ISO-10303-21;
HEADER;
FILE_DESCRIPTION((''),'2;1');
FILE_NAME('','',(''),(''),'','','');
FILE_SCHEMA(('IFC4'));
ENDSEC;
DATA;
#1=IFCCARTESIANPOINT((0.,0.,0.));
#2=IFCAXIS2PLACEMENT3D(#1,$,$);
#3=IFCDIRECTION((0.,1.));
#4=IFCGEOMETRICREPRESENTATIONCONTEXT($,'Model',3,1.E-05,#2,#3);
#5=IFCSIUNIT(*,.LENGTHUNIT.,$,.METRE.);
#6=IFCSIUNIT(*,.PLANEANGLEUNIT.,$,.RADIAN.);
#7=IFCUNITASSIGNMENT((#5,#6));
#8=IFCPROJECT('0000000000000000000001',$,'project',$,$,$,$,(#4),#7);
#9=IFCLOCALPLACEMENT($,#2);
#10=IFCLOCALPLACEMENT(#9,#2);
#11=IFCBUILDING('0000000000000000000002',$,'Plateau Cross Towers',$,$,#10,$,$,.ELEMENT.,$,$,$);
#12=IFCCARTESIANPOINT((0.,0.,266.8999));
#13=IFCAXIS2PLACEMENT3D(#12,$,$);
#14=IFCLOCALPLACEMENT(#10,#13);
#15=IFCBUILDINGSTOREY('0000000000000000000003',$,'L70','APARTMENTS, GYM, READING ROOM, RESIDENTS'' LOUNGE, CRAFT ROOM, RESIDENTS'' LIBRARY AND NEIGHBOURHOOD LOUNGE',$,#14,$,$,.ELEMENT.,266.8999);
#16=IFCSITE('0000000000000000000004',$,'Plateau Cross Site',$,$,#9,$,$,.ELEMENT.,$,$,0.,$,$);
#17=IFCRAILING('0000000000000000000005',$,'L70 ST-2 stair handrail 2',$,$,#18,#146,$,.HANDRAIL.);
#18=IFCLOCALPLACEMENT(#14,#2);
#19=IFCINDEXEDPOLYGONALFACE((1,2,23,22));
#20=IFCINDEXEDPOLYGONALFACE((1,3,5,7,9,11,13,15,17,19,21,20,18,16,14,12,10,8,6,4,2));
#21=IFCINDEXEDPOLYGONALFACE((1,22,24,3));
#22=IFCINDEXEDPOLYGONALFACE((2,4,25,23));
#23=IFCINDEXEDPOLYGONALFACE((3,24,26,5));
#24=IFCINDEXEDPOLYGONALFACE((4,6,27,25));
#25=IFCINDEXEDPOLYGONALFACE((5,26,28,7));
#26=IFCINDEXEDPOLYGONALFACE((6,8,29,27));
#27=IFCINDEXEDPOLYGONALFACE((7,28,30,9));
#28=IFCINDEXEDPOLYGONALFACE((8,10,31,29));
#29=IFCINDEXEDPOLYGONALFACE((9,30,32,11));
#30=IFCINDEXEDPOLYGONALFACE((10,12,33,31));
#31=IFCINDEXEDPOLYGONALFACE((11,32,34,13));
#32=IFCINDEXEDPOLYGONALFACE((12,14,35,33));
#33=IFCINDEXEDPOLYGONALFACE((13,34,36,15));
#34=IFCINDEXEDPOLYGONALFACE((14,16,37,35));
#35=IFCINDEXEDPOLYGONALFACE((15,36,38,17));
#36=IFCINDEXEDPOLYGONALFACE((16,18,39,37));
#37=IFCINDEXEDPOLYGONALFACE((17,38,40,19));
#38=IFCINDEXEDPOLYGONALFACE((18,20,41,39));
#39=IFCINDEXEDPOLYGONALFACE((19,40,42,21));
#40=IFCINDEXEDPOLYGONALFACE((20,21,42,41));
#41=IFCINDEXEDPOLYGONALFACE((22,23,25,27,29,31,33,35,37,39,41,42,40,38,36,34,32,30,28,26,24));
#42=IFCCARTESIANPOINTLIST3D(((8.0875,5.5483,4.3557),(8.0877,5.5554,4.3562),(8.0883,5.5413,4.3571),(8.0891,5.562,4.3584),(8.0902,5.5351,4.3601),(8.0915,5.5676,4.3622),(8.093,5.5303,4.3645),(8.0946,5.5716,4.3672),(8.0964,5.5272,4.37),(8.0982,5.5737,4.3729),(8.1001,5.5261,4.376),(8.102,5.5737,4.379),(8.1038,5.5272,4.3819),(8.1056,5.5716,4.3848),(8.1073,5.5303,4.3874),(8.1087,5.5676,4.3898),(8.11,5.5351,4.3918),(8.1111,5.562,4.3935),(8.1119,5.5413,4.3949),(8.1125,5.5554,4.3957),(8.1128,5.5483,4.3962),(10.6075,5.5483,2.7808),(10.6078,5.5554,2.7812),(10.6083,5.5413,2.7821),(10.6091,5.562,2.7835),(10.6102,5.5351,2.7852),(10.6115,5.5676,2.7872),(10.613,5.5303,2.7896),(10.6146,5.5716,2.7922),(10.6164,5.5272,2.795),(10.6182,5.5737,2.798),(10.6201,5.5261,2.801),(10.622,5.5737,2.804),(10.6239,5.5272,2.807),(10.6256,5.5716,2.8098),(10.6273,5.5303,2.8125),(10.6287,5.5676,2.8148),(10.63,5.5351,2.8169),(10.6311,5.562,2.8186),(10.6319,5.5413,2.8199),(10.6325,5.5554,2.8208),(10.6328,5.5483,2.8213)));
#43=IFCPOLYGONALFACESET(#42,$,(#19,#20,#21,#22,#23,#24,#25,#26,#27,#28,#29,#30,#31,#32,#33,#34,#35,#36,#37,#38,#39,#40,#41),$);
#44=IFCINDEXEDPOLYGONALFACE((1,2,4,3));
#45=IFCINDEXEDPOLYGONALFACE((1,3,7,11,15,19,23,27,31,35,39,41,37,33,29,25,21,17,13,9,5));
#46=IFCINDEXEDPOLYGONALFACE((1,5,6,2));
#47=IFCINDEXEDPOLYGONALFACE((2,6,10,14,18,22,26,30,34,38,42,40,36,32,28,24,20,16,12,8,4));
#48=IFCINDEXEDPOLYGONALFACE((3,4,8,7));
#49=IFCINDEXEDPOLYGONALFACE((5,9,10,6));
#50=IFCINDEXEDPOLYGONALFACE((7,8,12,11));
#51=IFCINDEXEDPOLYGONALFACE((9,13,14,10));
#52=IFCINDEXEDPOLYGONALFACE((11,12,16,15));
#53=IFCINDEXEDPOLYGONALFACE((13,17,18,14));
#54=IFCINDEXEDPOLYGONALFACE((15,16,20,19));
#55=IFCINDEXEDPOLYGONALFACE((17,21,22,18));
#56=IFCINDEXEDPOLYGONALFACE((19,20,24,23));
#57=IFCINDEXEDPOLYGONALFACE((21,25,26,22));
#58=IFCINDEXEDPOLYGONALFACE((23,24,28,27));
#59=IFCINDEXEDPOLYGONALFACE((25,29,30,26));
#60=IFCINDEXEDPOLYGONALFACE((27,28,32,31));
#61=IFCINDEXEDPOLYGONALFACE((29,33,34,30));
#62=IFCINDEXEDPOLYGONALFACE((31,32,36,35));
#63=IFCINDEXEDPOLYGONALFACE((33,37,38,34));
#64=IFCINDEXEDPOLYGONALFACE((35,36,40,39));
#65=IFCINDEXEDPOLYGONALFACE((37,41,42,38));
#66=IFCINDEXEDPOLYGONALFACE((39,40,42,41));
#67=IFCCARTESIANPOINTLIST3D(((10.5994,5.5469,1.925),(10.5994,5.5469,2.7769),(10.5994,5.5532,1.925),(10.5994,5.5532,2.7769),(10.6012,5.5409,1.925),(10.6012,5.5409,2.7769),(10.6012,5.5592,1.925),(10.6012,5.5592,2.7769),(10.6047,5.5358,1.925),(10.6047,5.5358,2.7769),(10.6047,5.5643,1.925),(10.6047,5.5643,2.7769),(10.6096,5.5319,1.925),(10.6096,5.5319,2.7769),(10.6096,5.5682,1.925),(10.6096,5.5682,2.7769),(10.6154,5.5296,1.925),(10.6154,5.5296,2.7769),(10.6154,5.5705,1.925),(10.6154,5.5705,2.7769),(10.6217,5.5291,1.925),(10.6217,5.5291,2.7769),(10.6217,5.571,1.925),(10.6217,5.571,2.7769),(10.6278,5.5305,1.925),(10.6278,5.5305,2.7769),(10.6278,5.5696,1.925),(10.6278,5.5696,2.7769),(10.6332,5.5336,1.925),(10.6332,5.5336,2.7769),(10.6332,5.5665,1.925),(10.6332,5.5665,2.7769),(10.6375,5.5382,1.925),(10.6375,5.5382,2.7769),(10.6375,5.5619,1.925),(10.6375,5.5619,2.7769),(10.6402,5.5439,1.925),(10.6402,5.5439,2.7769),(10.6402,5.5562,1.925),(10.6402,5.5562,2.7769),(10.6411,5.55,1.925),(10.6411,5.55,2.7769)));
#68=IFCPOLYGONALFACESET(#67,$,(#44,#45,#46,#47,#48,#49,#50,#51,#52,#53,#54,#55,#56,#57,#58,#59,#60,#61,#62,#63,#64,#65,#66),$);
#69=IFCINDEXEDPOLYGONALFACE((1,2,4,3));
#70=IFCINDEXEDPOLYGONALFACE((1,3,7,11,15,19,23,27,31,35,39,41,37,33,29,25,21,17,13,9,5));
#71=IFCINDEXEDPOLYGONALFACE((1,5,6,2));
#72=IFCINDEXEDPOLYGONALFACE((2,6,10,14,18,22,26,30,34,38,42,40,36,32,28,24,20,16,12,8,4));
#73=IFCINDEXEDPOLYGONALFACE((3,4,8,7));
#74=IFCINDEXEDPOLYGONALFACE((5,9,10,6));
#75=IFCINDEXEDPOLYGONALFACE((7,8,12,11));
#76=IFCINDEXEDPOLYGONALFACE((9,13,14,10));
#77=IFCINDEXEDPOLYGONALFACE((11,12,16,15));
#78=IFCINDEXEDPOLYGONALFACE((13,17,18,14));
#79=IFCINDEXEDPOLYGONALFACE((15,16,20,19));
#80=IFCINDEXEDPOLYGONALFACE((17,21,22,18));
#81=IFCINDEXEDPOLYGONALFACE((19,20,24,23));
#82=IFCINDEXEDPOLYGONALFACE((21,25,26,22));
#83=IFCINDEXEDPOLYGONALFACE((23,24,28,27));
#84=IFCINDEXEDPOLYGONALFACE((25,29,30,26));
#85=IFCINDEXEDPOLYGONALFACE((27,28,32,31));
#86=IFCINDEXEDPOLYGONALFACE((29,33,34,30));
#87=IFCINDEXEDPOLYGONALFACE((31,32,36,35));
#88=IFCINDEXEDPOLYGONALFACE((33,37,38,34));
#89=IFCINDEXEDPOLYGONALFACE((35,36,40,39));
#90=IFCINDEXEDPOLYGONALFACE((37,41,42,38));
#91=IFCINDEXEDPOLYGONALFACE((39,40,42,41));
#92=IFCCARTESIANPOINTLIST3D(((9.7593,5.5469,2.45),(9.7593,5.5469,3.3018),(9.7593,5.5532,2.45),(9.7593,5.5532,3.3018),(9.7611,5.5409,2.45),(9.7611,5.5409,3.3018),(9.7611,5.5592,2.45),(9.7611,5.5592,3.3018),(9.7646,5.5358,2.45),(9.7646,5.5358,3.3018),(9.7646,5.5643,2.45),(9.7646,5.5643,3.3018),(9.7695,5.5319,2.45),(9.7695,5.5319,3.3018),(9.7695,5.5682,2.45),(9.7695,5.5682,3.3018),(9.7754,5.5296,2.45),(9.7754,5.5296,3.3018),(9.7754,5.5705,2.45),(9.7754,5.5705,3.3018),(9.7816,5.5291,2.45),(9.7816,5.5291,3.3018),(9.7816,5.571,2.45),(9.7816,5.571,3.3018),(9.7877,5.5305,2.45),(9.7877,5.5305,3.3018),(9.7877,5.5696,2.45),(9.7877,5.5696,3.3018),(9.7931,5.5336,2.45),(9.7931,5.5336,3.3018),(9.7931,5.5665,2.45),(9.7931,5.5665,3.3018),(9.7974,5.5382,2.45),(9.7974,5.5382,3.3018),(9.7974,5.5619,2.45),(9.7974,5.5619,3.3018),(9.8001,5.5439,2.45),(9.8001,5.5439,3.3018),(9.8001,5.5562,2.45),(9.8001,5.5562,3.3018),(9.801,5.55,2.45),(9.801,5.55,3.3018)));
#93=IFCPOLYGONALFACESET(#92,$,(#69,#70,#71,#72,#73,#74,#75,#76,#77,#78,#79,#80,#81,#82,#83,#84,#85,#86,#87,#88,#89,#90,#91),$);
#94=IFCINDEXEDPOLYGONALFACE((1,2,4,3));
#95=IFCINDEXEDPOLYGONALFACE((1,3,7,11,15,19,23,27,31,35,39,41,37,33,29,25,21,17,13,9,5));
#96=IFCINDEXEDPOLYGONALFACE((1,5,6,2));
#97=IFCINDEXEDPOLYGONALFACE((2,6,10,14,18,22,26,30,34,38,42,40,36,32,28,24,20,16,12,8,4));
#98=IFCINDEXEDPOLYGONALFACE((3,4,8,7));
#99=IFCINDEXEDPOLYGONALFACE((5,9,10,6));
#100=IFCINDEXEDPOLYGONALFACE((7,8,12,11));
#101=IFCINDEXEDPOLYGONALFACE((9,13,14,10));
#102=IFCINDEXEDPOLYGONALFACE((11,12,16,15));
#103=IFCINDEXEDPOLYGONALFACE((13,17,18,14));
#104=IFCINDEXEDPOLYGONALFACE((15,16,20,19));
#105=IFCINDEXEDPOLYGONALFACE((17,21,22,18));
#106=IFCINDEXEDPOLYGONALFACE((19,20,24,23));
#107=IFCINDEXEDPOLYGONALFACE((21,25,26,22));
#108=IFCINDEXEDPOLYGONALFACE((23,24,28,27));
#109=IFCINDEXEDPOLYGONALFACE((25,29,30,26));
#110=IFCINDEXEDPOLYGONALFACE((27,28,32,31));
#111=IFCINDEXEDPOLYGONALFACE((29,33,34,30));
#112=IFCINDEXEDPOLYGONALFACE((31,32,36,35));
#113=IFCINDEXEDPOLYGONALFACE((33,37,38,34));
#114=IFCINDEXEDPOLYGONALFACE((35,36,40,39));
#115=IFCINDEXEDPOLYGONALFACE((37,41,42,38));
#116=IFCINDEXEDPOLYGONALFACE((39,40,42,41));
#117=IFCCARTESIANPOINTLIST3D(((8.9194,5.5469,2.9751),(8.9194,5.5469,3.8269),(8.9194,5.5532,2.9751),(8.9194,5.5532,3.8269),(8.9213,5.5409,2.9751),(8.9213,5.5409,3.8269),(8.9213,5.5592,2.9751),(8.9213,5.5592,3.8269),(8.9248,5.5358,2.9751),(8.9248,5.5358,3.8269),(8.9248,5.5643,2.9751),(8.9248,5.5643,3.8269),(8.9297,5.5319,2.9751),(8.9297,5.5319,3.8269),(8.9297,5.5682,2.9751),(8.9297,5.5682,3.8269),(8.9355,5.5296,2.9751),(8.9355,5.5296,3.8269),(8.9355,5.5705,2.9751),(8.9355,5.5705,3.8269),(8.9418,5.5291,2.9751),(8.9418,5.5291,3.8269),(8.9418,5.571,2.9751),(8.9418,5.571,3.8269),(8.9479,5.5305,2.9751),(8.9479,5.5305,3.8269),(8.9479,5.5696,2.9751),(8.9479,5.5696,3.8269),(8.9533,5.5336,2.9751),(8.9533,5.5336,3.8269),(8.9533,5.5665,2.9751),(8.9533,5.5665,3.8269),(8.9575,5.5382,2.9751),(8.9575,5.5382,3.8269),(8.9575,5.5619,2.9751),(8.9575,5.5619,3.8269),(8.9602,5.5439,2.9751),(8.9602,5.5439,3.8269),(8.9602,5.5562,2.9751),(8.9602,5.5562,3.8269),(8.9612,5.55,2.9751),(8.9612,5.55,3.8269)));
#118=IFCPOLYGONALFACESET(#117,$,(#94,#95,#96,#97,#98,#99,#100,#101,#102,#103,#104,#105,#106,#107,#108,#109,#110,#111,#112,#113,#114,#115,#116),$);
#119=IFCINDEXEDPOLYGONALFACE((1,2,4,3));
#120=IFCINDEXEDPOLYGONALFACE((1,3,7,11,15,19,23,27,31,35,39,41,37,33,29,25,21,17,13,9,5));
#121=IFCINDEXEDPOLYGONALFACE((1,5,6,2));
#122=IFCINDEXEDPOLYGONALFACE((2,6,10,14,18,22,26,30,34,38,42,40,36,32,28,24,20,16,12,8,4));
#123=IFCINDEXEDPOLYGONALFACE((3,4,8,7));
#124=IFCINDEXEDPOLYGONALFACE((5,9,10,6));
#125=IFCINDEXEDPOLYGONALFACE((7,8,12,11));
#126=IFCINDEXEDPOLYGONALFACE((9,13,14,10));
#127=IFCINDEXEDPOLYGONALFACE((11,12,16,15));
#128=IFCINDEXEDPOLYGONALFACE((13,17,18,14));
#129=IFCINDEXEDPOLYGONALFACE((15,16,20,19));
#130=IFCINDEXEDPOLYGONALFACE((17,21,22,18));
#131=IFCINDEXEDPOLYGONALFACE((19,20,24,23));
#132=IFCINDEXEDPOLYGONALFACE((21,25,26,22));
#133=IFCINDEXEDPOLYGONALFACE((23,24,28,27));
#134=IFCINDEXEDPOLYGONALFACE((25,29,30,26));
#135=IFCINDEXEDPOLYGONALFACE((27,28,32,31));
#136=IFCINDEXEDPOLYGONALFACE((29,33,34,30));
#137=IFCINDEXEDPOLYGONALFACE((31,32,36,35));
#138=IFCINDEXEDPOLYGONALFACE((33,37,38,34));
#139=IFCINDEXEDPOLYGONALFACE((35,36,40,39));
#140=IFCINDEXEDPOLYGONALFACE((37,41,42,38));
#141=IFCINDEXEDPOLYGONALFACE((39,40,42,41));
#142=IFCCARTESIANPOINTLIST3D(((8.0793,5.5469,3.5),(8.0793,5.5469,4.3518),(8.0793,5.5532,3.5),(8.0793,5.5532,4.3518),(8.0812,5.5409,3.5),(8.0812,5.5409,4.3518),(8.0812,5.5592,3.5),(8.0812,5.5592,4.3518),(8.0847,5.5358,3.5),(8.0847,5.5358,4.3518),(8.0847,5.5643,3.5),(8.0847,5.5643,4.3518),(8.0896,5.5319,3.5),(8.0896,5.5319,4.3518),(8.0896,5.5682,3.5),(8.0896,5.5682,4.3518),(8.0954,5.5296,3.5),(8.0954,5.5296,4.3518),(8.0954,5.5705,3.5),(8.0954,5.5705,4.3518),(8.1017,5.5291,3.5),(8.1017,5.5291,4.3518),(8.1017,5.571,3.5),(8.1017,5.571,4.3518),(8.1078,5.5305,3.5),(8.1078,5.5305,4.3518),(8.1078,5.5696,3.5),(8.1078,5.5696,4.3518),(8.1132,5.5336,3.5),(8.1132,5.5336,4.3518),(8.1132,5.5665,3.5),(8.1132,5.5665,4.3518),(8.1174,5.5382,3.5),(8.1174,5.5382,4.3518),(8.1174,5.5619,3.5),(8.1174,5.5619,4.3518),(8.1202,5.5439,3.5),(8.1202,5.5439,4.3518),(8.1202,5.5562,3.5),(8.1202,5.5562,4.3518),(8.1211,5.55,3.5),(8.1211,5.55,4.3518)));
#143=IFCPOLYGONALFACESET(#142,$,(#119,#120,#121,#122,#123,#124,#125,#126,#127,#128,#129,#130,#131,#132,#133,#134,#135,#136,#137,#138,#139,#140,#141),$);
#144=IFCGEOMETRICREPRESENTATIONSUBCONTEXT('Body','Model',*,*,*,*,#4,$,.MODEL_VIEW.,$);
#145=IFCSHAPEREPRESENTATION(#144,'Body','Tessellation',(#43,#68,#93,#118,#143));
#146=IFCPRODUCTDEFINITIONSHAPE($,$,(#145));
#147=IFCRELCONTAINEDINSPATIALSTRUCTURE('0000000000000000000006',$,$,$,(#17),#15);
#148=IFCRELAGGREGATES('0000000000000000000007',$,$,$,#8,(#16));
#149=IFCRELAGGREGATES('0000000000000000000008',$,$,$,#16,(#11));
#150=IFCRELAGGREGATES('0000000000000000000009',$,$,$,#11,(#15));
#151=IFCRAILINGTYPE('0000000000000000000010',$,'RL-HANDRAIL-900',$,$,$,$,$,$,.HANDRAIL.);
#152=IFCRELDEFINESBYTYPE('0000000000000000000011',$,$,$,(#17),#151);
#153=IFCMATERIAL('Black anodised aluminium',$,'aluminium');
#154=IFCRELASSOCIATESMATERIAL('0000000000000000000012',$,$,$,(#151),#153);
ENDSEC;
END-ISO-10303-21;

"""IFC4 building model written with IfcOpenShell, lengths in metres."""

from ifc_helpers import new_model, si_unit, direction, frame, origin, origin_2d, place, context, subcontext, project, spatial, circle, extrude, material, type_object, element, save


model = new_model("IFC4")

# Units and contexts
model_context = context("Model", 3, precision=1e-05, world=origin(), true_north=direction((0.0, 1.0)))
body_context = subcontext(model_context, "Body", "Model", "MODEL_VIEW")
ifc_project = project(units=[si_unit("LENGTHUNIT", "METRE"), si_unit("PLANEANGLEUNIT", "RADIAN")], contexts=[model_context])

# Site, building, storey
site_placement = place(None, origin())
site = spatial("IfcSite", under=ifc_project, at=site_placement, Name="Plateau Cross Site", CompositionType="ELEMENT", RefElevation=0.0)
building_placement = place(site_placement, origin())
building = spatial("IfcBuilding", under=site, at=building_placement, Name="Plateau Cross Towers", CompositionType="ELEMENT")
storey_placement = place(building_placement, frame((0.0, 0.0, 266.8999)))
storey = spatial("IfcBuildingStorey", under=building, at=storey_placement, Name="L70", Description="APARTMENTS, GYM, READING ROOM, RESIDENTS' LOUNGE, CRAFT ROOM, RESIDENTS' LIBRARY AND NEIGHBOURHOOD LOUNGE", CompositionType="ELEMENT", Elevation=266.8999)

# Shared definitions
ifc_material_1 = material(Name="Black anodised aluminium", Category="aluminium")

# Railing
railing_type_1 = type_object("IfcRailingType", Name="RL-HANDRAIL-900", PredefinedType="HANDRAIL", material=ifc_material_1)
railing_1_placement = place(storey_placement, frame((10.6201, 5.55, 1.925)))
element("IfcRailing", 1, at=railing_1_placement, inside=storey, type_object=railing_type_1, Name="L70 ST-2 stair handrail 2", PredefinedType="HANDRAIL", context=body_context, shape_type="SweptSolid", body=[
    extrude(circle(Radius=0.0239, at=origin_2d()), frame((0.0, 0.0, 0.876), z_axis=(-0.848008, 0.0, 0.529984), x_axis=(0.0, -1.0, 0.0)), (0.0, 0.0, 1.0), 2.9717),
    extrude(circle(Radius=0.021, at=origin_2d()), origin(), (0.0, 0.0, 1.0), 0.8518),
    extrude(circle(Radius=0.021, at=origin_2d()), frame((-0.8401, 0.0, 0.5249)), (0.0, 0.0, 1.0), 0.8518),
    extrude(circle(Radius=0.021, at=origin_2d()), frame((-1.6799, 0.0, 1.05)), (0.0, 0.0, 1.0), 0.8518),
    extrude(circle(Radius=0.021, at=origin_2d()), frame((-2.52, 0.0, 1.575)), (0.0, 0.0, 1.0), 0.8518),
])

save(model, "model.ifc")
